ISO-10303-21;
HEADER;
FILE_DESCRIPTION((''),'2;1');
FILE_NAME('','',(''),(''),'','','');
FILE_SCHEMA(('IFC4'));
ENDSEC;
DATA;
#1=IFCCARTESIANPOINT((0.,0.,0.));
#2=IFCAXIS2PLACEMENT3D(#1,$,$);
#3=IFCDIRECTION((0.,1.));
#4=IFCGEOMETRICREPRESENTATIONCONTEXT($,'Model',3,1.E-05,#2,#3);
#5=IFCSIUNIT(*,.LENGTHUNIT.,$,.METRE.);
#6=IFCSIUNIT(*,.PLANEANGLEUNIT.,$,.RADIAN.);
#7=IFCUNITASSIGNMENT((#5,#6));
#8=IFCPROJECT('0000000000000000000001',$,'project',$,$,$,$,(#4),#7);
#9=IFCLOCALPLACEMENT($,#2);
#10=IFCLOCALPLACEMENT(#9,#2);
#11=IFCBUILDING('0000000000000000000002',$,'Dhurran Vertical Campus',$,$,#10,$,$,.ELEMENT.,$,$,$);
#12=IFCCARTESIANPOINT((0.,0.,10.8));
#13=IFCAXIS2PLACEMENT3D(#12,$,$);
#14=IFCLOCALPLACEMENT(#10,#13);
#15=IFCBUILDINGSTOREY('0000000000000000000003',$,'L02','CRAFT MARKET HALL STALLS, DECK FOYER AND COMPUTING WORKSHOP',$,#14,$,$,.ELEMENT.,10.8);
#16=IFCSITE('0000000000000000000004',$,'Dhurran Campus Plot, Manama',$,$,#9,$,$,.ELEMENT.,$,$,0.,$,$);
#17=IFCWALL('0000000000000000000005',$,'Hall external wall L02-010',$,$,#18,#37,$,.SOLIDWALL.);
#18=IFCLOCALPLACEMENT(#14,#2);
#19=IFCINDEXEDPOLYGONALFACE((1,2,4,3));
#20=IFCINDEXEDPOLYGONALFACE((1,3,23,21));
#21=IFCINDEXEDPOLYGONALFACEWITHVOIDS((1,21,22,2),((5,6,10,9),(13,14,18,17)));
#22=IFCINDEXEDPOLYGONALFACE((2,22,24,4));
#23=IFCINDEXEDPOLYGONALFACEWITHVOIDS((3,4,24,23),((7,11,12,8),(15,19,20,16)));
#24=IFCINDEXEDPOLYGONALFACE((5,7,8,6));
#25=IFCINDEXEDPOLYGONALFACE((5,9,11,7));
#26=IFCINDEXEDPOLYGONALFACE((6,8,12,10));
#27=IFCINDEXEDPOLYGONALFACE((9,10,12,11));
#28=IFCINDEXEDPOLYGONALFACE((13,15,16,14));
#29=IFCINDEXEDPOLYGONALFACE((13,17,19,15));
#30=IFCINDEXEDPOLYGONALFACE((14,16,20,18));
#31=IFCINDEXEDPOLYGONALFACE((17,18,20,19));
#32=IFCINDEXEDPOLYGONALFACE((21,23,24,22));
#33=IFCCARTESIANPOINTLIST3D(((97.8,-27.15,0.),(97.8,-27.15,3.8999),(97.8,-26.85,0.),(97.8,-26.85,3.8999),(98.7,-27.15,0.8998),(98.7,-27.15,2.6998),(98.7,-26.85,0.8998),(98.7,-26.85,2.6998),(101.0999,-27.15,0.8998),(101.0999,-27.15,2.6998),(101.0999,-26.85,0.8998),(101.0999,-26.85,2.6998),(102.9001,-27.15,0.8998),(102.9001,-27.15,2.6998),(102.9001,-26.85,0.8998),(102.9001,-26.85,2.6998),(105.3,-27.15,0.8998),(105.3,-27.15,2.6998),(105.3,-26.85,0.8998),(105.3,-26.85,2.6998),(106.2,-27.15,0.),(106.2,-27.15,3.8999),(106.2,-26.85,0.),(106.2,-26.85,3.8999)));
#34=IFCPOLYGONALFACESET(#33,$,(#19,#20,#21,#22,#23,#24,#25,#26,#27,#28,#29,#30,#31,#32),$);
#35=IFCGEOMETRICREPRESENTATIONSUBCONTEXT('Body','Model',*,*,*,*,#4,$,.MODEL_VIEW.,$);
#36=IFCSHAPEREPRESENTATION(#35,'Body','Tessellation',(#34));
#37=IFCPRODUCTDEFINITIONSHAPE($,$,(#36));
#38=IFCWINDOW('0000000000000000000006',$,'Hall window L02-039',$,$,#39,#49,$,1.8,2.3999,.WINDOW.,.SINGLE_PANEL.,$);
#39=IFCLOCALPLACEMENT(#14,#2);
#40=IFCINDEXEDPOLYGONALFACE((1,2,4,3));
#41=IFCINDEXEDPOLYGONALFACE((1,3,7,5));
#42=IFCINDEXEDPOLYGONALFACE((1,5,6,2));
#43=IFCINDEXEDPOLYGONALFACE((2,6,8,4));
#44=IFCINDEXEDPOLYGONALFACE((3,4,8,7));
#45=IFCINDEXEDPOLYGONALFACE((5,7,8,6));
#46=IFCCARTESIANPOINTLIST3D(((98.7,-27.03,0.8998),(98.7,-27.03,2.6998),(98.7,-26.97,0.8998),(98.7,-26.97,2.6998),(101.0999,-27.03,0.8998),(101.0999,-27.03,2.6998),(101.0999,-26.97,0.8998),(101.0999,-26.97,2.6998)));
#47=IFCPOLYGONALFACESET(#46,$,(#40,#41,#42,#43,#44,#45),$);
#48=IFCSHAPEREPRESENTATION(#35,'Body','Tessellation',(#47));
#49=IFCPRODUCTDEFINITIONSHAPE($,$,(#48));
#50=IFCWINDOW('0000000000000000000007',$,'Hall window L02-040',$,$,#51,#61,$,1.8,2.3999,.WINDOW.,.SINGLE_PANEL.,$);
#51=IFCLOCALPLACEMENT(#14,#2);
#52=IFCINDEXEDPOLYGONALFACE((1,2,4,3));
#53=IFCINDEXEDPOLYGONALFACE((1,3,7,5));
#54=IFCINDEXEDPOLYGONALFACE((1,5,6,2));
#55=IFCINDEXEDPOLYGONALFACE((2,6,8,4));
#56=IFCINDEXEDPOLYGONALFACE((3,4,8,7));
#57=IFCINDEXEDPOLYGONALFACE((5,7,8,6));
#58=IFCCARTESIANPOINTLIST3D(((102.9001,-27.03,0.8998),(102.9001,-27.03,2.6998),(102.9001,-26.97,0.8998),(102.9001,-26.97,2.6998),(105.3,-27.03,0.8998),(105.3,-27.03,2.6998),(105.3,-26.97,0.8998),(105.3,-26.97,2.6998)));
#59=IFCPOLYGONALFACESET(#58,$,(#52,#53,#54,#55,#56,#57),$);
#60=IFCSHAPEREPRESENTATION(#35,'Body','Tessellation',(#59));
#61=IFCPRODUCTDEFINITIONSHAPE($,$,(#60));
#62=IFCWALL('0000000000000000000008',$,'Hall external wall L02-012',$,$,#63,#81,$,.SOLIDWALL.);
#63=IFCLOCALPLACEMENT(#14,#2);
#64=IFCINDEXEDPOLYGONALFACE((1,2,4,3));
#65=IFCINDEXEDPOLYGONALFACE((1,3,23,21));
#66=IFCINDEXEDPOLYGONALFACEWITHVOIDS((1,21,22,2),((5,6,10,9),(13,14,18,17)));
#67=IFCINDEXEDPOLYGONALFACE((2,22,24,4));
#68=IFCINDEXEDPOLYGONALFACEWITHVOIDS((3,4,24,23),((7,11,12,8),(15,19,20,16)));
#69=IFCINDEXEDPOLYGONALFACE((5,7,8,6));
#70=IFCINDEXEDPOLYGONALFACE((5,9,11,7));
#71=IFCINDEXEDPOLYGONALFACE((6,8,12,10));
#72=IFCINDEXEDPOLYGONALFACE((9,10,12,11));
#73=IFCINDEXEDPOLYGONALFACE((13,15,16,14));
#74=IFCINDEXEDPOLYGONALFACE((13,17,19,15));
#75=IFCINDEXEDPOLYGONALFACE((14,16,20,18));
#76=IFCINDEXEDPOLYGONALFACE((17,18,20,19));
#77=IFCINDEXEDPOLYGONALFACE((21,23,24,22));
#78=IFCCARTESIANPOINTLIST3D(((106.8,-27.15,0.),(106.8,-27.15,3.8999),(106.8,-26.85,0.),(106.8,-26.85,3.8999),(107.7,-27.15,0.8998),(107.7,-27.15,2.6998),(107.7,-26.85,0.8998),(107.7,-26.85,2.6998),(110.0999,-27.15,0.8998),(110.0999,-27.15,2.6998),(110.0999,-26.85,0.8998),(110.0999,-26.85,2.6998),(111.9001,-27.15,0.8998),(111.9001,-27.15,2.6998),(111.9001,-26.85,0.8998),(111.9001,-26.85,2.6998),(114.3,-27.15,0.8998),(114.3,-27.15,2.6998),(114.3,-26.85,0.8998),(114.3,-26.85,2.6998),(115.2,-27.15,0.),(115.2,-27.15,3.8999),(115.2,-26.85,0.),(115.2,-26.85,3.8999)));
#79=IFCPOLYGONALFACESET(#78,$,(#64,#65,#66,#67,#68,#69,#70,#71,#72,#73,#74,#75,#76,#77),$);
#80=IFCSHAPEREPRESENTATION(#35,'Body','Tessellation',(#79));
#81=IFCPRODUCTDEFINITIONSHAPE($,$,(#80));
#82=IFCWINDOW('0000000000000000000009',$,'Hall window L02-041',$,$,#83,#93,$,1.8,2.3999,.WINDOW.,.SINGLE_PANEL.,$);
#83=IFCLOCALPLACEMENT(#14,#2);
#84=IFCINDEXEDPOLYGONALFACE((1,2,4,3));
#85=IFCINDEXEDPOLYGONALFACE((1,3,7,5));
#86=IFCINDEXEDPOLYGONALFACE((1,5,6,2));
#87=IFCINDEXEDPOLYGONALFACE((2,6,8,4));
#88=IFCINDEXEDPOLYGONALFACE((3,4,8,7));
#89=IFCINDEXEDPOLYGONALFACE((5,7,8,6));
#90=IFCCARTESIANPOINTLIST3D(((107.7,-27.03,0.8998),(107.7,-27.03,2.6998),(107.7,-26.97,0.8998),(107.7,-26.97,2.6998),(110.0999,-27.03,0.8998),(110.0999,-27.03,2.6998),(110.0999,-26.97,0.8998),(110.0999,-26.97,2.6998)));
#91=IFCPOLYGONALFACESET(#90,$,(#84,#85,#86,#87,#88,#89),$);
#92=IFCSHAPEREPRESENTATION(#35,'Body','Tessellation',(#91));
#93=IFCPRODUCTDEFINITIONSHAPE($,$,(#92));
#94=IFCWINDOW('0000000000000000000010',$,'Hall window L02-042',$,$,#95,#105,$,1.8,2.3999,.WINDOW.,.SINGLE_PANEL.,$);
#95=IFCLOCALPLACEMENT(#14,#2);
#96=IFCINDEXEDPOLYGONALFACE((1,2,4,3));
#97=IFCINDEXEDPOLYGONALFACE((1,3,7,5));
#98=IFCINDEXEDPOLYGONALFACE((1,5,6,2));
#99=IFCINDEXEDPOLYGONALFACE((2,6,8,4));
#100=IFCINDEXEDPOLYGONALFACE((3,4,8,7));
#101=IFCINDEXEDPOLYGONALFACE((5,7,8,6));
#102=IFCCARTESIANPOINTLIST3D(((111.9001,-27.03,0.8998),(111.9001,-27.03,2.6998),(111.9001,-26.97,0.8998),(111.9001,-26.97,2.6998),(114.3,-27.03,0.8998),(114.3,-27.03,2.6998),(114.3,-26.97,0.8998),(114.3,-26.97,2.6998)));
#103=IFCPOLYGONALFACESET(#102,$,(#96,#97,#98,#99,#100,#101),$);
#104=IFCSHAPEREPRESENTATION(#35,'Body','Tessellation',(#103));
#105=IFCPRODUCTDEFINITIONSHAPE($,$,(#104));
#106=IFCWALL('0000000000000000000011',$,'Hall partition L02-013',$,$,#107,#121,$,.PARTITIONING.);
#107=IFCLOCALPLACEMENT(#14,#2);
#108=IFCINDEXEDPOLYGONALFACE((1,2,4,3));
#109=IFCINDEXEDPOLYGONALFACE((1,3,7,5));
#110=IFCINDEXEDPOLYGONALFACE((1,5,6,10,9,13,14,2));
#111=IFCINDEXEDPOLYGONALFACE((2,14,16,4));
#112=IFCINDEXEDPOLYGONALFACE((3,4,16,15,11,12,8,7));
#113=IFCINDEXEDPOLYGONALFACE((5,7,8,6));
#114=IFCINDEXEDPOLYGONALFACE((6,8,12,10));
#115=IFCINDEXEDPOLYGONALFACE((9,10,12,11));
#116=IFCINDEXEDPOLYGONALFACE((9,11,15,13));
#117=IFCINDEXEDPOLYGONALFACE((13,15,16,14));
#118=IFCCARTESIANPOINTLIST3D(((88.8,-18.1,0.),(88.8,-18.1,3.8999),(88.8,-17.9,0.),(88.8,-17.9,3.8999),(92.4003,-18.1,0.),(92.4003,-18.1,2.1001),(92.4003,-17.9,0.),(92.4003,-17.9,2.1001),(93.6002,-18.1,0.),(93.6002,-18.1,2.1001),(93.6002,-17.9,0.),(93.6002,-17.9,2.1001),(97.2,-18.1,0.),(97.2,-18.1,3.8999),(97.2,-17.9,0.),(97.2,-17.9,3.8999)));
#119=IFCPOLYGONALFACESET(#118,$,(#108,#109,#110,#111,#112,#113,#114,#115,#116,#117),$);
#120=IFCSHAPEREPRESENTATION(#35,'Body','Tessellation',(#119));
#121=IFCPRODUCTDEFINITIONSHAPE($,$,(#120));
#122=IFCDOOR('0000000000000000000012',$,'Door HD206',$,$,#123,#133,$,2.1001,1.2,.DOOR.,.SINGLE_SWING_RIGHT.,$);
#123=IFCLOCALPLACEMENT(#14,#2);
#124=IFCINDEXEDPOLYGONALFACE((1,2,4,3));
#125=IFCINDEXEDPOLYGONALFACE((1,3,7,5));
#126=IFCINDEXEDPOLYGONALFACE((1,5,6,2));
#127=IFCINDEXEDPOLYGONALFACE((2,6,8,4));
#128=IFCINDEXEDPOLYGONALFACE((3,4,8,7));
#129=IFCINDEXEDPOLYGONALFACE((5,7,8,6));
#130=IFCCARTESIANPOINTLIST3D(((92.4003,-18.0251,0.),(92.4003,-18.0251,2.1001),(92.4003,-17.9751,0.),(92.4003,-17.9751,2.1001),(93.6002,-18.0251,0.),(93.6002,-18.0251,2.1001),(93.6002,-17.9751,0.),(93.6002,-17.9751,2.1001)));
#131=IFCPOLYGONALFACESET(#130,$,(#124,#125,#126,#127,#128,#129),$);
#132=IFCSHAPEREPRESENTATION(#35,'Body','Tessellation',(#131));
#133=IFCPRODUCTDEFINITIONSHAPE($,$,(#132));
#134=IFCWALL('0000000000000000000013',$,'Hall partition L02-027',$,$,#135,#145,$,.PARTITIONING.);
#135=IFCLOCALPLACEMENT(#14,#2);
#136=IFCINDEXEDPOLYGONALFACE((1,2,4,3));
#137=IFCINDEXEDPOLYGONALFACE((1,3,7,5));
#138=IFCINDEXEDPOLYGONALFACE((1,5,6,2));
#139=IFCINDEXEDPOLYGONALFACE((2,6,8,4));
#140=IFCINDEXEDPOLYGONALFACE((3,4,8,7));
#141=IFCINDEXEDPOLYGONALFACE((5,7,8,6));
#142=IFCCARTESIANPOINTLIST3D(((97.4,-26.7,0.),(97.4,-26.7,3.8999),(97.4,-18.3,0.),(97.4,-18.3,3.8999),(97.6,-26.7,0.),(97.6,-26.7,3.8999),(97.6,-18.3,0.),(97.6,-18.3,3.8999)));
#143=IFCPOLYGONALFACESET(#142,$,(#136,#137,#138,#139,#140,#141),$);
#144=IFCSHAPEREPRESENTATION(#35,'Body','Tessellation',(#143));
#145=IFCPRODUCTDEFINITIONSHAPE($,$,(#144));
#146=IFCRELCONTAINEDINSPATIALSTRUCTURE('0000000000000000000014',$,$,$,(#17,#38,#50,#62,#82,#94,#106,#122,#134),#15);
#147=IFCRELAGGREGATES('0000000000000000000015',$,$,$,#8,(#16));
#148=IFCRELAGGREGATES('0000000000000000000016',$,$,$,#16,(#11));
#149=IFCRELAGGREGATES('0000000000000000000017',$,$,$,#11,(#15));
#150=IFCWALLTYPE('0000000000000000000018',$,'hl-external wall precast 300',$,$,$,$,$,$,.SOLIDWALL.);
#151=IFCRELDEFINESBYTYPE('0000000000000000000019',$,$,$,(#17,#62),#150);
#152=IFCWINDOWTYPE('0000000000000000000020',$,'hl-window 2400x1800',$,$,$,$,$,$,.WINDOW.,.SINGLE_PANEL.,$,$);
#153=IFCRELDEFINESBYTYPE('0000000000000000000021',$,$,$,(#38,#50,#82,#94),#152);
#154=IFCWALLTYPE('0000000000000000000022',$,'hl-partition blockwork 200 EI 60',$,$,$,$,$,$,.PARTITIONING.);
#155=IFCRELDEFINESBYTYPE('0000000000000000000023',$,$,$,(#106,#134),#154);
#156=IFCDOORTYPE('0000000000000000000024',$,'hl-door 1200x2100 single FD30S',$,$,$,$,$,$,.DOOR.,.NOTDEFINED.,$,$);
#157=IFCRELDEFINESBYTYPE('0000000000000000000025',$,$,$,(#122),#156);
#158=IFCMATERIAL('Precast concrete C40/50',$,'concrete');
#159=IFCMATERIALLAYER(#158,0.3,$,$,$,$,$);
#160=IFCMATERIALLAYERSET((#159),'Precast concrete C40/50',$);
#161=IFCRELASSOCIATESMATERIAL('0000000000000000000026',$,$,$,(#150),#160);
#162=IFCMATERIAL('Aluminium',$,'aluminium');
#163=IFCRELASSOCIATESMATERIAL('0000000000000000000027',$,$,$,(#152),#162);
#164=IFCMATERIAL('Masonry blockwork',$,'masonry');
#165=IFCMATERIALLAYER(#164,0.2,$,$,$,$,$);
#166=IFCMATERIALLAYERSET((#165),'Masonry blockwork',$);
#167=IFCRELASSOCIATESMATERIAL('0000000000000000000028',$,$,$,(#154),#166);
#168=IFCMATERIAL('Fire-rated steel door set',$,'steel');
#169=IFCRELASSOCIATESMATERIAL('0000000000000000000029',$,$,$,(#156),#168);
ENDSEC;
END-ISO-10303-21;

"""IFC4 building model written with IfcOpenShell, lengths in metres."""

from ifc_helpers import new_model, si_unit, direction, frame, frame_2d, origin, place, context, subcontext, project, spatial, rectangle, extrude, material, layer, layer_set, type_object, element, fill, save


model = new_model("IFC4")

# Units and contexts
model_context = context("Model", 3, precision=1e-05, world=origin(), true_north=direction((0.0, 1.0)))
body_context = subcontext(model_context, "Body", "Model", "MODEL_VIEW")
ifc_project = project(units=[si_unit("LENGTHUNIT", "METRE"), si_unit("PLANEANGLEUNIT", "RADIAN")], contexts=[model_context])

# Site, building, storey
site_placement = place(None, origin())
site = spatial("IfcSite", under=ifc_project, at=site_placement, Name="Dhurran Campus Plot, Manama", CompositionType="ELEMENT", RefElevation=0.0)
building_placement = place(site_placement, origin())
building = spatial("IfcBuilding", under=site, at=building_placement, Name="Dhurran Vertical Campus", CompositionType="ELEMENT")
storey_placement = place(building_placement, frame((0.0, 0.0, 10.8)))
storey = spatial("IfcBuildingStorey", under=building, at=storey_placement, Name="L02", Description="CRAFT MARKET HALL STALLS, DECK FOYER AND COMPUTING WORKSHOP", CompositionType="ELEMENT", Elevation=10.8)

# Walls, openings, windows
ifc_material_1 = material(Name="Precast concrete C40/50", Category="concrete")
ifc_layer_1 = layer(ifc_material_1, 0.3)
ifc_layer_set_1 = layer_set([ifc_layer_1], Name="Precast concrete C40/50")
wall_type_1 = type_object("IfcWallType", Name="hl-external wall precast 300", PredefinedType="SOLIDWALL", material=ifc_layer_set_1)
ifc_material_2 = material(Name="Aluminium", Category="aluminium")
window_type = type_object("IfcWindowType", Name="hl-window 2400x1800", PartitioningType="SINGLE_PANEL", PredefinedType="WINDOW", material=ifc_material_2)
wall_1_placement = place(storey_placement, frame((97.8, -27.0, 0.0), z_axis=(0.0, 0.0, 1.0), x_axis=(1.0, 0.0, 0.0)))
wall_1 = element("IfcWall", 1, at=wall_1_placement, inside=storey, type_object=wall_type_1, Name="Hall external wall L02-010", PredefinedType="SOLIDWALL", context=body_context, shape_type="SweptSolid", body=[
    extrude(rectangle(XDim=8.3999, YDim=0.3, at=frame_2d((4.2, 0.0))), origin(), (0.0, 0.0, 1.0), 3.8999),
])
opening_1_placement = place(wall_1_placement, frame((0.8999, 0.0, 0.8999)))
opening_1 = element("IfcOpeningElement", 2, at=opening_1_placement, cuts=wall_1, PredefinedType="OPENING", context=body_context, shape_type="SweptSolid", body=[
    extrude(rectangle(XDim=2.3999, YDim=1.8, at=frame_2d((1.2, 0.8999))), frame((0.0, 0.1599, 0.0), z_axis=(0.0, -1.0, 0.0), x_axis=(1.0, 0.0, 0.0)), (0.0, 0.0, 1.0), 0.3201),
])
opening_2_placement = place(wall_1_placement, frame((5.1001, 0.0, 0.8999)))
opening_2 = element("IfcOpeningElement", 3, at=opening_2_placement, cuts=wall_1, PredefinedType="OPENING", context=body_context, shape_type="SweptSolid", body=[
    extrude(rectangle(XDim=2.3999, YDim=1.8, at=frame_2d((1.2, 0.8999))), frame((0.0, 0.1599, 0.0), z_axis=(0.0, -1.0, 0.0), x_axis=(1.0, 0.0, 0.0)), (0.0, 0.0, 1.0), 0.3201),
])
window_1_placement = place(opening_1_placement, origin())
window_1 = element("IfcWindow", 4, at=window_1_placement, inside=storey, type_object=window_type, Name="Hall window L02-039", OverallHeight=1.8, OverallWidth=2.3999, PartitioningType="SINGLE_PANEL", PredefinedType="WINDOW", context=body_context, shape_type="SweptSolid", body=[
    extrude(rectangle(XDim=2.3999, YDim=1.8, at=frame_2d((1.2, 0.8999))), frame((0.0, 0.03, 0.0), z_axis=(0.0, -1.0, 0.0), x_axis=(1.0, 0.0, 0.0)), (0.0, 0.0, 1.0), 0.0601),
])
fill(opening_1, window_1)
window_2_placement = place(opening_2_placement, origin())
window_2 = element("IfcWindow", 5, at=window_2_placement, inside=storey, type_object=window_type, Name="Hall window L02-040", OverallHeight=1.8, OverallWidth=2.3999, PartitioningType="SINGLE_PANEL", PredefinedType="WINDOW", context=body_context, shape_type="SweptSolid", body=[
    extrude(rectangle(XDim=2.3999, YDim=1.8, at=frame_2d((1.2, 0.8999))), frame((0.0, 0.03, 0.0), z_axis=(0.0, -1.0, 0.0), x_axis=(1.0, 0.0, 0.0)), (0.0, 0.0, 1.0), 0.0601),
])
fill(opening_2, window_2)
wall_2_placement = place(storey_placement, frame((106.8, -27.0, 0.0), z_axis=(0.0, 0.0, 1.0), x_axis=(1.0, 0.0, 0.0)))
wall_2 = element("IfcWall", 6, at=wall_2_placement, inside=storey, type_object=wall_type_1, Name="Hall external wall L02-012", PredefinedType="SOLIDWALL", context=body_context, shape_type="SweptSolid", body=[
    extrude(rectangle(XDim=8.3999, YDim=0.3, at=frame_2d((4.2, 0.0))), origin(), (0.0, 0.0, 1.0), 3.8999),
])
opening_3_placement = place(wall_2_placement, frame((0.8999, 0.0, 0.8999)))
opening_3 = element("IfcOpeningElement", 7, at=opening_3_placement, cuts=wall_2, PredefinedType="OPENING", context=body_context, shape_type="SweptSolid", body=[
    extrude(rectangle(XDim=2.3999, YDim=1.8, at=frame_2d((1.2, 0.8999))), frame((0.0, 0.1599, 0.0), z_axis=(0.0, -1.0, 0.0), x_axis=(1.0, 0.0, 0.0)), (0.0, 0.0, 1.0), 0.3201),
])
opening_4_placement = place(wall_2_placement, frame((5.1001, 0.0, 0.8999)))
opening_4 = element("IfcOpeningElement", 8, at=opening_4_placement, cuts=wall_2, PredefinedType="OPENING", context=body_context, shape_type="SweptSolid", body=[
    extrude(rectangle(XDim=2.3999, YDim=1.8, at=frame_2d((1.2, 0.8999))), frame((0.0, 0.1599, 0.0), z_axis=(0.0, -1.0, 0.0), x_axis=(1.0, 0.0, 0.0)), (0.0, 0.0, 1.0), 0.3201),
])
window_3_placement = place(opening_3_placement, origin())
window_3 = element("IfcWindow", 9, at=window_3_placement, inside=storey, type_object=window_type, Name="Hall window L02-041", OverallHeight=1.8, OverallWidth=2.3999, PartitioningType="SINGLE_PANEL", PredefinedType="WINDOW", context=body_context, shape_type="SweptSolid", body=[
    extrude(rectangle(XDim=2.3999, YDim=1.8, at=frame_2d((1.2, 0.8999))), frame((0.0, 0.03, 0.0), z_axis=(0.0, -1.0, 0.0), x_axis=(1.0, 0.0, 0.0)), (0.0, 0.0, 1.0), 0.0601),
])
fill(opening_3, window_3)
window_4_placement = place(opening_4_placement, origin())
window_4 = element("IfcWindow", 10, at=window_4_placement, inside=storey, type_object=window_type, Name="Hall window L02-042", OverallHeight=1.8, OverallWidth=2.3999, PartitioningType="SINGLE_PANEL", PredefinedType="WINDOW", context=body_context, shape_type="SweptSolid", body=[
    extrude(rectangle(XDim=2.3999, YDim=1.8, at=frame_2d((1.2, 0.8999))), frame((0.0, 0.03, 0.0), z_axis=(0.0, -1.0, 0.0), x_axis=(1.0, 0.0, 0.0)), (0.0, 0.0, 1.0), 0.0601),
])
fill(opening_4, window_4)

# Wall, opening, door
ifc_material_3 = material(Name="Masonry blockwork", Category="masonry")
ifc_layer_2 = layer(ifc_material_3, 0.2)
ifc_layer_set_2 = layer_set([ifc_layer_2], Name="Masonry blockwork")
wall_type_2 = type_object("IfcWallType", Name="hl-partition blockwork 200 EI 60", PredefinedType="PARTITIONING", material=ifc_layer_set_2)
wall_3_placement = place(storey_placement, frame((88.8, -18.0, 0.0), z_axis=(0.0, 0.0, 1.0), x_axis=(1.0, 0.0, 0.0)))
wall_3 = element("IfcWall", 11, at=wall_3_placement, inside=storey, type_object=wall_type_2, Name="Hall partition L02-013", PredefinedType="PARTITIONING", context=body_context, shape_type="SweptSolid", body=[
    extrude(rectangle(XDim=8.3999, YDim=0.2, at=frame_2d((4.2, 0.0))), origin(), (0.0, 0.0, 1.0), 3.8999),
])
opening_5_placement = place(wall_3_placement, frame((3.6001, 0.0, 0.0)))
opening_5 = element("IfcOpeningElement", 12, at=opening_5_placement, cuts=wall_3, PredefinedType="OPENING", context=body_context, shape_type="SweptSolid", body=[
    extrude(rectangle(XDim=1.2, YDim=2.1001, at=frame_2d((0.6001, 1.05))), frame((0.0, 0.1099, 0.0), z_axis=(0.0, -1.0, 0.0), x_axis=(1.0, 0.0, 0.0)), (0.0, 0.0, 1.0), 0.22),
])
ifc_material_4 = material(Name="Fire-rated steel door set", Category="steel")
door_type = type_object("IfcDoorType", Name="hl-door 1200x2100 single FD30S", OperationType="NOTDEFINED", PredefinedType="DOOR", material=ifc_material_4)
door_1_placement = place(opening_5_placement, origin())
door_1 = element("IfcDoor", 13, at=door_1_placement, inside=storey, type_object=door_type, Name="Door HD206", OperationType="SINGLE_SWING_RIGHT", OverallHeight=2.1001, OverallWidth=1.2, PredefinedType="DOOR", context=body_context, shape_type="SweptSolid", body=[
    extrude(rectangle(XDim=1.2, YDim=2.1001, at=frame_2d((0.6001, 1.05))), frame((0.0, 0.0249, 0.0), z_axis=(0.0, -1.0, 0.0), x_axis=(1.0, 0.0, 0.0)), (0.0, 0.0, 1.0), 0.05),
])
fill(opening_5, door_1)

# Wall
wall_4_placement = place(storey_placement, frame((97.5, -26.7, 0.0), z_axis=(0.0, 0.0, 1.0), x_axis=(0.0, 1.0, 0.0)))
element("IfcWall", 14, at=wall_4_placement, inside=storey, type_object=wall_type_2, Name="Hall partition L02-027", PredefinedType="PARTITIONING", context=body_context, shape_type="SweptSolid", body=[
    extrude(rectangle(XDim=8.3999, YDim=0.2, at=frame_2d((4.2, 0.0))), origin(), (0.0, 0.0, 1.0), 3.8999),
])

save(model, "model.ifc")
